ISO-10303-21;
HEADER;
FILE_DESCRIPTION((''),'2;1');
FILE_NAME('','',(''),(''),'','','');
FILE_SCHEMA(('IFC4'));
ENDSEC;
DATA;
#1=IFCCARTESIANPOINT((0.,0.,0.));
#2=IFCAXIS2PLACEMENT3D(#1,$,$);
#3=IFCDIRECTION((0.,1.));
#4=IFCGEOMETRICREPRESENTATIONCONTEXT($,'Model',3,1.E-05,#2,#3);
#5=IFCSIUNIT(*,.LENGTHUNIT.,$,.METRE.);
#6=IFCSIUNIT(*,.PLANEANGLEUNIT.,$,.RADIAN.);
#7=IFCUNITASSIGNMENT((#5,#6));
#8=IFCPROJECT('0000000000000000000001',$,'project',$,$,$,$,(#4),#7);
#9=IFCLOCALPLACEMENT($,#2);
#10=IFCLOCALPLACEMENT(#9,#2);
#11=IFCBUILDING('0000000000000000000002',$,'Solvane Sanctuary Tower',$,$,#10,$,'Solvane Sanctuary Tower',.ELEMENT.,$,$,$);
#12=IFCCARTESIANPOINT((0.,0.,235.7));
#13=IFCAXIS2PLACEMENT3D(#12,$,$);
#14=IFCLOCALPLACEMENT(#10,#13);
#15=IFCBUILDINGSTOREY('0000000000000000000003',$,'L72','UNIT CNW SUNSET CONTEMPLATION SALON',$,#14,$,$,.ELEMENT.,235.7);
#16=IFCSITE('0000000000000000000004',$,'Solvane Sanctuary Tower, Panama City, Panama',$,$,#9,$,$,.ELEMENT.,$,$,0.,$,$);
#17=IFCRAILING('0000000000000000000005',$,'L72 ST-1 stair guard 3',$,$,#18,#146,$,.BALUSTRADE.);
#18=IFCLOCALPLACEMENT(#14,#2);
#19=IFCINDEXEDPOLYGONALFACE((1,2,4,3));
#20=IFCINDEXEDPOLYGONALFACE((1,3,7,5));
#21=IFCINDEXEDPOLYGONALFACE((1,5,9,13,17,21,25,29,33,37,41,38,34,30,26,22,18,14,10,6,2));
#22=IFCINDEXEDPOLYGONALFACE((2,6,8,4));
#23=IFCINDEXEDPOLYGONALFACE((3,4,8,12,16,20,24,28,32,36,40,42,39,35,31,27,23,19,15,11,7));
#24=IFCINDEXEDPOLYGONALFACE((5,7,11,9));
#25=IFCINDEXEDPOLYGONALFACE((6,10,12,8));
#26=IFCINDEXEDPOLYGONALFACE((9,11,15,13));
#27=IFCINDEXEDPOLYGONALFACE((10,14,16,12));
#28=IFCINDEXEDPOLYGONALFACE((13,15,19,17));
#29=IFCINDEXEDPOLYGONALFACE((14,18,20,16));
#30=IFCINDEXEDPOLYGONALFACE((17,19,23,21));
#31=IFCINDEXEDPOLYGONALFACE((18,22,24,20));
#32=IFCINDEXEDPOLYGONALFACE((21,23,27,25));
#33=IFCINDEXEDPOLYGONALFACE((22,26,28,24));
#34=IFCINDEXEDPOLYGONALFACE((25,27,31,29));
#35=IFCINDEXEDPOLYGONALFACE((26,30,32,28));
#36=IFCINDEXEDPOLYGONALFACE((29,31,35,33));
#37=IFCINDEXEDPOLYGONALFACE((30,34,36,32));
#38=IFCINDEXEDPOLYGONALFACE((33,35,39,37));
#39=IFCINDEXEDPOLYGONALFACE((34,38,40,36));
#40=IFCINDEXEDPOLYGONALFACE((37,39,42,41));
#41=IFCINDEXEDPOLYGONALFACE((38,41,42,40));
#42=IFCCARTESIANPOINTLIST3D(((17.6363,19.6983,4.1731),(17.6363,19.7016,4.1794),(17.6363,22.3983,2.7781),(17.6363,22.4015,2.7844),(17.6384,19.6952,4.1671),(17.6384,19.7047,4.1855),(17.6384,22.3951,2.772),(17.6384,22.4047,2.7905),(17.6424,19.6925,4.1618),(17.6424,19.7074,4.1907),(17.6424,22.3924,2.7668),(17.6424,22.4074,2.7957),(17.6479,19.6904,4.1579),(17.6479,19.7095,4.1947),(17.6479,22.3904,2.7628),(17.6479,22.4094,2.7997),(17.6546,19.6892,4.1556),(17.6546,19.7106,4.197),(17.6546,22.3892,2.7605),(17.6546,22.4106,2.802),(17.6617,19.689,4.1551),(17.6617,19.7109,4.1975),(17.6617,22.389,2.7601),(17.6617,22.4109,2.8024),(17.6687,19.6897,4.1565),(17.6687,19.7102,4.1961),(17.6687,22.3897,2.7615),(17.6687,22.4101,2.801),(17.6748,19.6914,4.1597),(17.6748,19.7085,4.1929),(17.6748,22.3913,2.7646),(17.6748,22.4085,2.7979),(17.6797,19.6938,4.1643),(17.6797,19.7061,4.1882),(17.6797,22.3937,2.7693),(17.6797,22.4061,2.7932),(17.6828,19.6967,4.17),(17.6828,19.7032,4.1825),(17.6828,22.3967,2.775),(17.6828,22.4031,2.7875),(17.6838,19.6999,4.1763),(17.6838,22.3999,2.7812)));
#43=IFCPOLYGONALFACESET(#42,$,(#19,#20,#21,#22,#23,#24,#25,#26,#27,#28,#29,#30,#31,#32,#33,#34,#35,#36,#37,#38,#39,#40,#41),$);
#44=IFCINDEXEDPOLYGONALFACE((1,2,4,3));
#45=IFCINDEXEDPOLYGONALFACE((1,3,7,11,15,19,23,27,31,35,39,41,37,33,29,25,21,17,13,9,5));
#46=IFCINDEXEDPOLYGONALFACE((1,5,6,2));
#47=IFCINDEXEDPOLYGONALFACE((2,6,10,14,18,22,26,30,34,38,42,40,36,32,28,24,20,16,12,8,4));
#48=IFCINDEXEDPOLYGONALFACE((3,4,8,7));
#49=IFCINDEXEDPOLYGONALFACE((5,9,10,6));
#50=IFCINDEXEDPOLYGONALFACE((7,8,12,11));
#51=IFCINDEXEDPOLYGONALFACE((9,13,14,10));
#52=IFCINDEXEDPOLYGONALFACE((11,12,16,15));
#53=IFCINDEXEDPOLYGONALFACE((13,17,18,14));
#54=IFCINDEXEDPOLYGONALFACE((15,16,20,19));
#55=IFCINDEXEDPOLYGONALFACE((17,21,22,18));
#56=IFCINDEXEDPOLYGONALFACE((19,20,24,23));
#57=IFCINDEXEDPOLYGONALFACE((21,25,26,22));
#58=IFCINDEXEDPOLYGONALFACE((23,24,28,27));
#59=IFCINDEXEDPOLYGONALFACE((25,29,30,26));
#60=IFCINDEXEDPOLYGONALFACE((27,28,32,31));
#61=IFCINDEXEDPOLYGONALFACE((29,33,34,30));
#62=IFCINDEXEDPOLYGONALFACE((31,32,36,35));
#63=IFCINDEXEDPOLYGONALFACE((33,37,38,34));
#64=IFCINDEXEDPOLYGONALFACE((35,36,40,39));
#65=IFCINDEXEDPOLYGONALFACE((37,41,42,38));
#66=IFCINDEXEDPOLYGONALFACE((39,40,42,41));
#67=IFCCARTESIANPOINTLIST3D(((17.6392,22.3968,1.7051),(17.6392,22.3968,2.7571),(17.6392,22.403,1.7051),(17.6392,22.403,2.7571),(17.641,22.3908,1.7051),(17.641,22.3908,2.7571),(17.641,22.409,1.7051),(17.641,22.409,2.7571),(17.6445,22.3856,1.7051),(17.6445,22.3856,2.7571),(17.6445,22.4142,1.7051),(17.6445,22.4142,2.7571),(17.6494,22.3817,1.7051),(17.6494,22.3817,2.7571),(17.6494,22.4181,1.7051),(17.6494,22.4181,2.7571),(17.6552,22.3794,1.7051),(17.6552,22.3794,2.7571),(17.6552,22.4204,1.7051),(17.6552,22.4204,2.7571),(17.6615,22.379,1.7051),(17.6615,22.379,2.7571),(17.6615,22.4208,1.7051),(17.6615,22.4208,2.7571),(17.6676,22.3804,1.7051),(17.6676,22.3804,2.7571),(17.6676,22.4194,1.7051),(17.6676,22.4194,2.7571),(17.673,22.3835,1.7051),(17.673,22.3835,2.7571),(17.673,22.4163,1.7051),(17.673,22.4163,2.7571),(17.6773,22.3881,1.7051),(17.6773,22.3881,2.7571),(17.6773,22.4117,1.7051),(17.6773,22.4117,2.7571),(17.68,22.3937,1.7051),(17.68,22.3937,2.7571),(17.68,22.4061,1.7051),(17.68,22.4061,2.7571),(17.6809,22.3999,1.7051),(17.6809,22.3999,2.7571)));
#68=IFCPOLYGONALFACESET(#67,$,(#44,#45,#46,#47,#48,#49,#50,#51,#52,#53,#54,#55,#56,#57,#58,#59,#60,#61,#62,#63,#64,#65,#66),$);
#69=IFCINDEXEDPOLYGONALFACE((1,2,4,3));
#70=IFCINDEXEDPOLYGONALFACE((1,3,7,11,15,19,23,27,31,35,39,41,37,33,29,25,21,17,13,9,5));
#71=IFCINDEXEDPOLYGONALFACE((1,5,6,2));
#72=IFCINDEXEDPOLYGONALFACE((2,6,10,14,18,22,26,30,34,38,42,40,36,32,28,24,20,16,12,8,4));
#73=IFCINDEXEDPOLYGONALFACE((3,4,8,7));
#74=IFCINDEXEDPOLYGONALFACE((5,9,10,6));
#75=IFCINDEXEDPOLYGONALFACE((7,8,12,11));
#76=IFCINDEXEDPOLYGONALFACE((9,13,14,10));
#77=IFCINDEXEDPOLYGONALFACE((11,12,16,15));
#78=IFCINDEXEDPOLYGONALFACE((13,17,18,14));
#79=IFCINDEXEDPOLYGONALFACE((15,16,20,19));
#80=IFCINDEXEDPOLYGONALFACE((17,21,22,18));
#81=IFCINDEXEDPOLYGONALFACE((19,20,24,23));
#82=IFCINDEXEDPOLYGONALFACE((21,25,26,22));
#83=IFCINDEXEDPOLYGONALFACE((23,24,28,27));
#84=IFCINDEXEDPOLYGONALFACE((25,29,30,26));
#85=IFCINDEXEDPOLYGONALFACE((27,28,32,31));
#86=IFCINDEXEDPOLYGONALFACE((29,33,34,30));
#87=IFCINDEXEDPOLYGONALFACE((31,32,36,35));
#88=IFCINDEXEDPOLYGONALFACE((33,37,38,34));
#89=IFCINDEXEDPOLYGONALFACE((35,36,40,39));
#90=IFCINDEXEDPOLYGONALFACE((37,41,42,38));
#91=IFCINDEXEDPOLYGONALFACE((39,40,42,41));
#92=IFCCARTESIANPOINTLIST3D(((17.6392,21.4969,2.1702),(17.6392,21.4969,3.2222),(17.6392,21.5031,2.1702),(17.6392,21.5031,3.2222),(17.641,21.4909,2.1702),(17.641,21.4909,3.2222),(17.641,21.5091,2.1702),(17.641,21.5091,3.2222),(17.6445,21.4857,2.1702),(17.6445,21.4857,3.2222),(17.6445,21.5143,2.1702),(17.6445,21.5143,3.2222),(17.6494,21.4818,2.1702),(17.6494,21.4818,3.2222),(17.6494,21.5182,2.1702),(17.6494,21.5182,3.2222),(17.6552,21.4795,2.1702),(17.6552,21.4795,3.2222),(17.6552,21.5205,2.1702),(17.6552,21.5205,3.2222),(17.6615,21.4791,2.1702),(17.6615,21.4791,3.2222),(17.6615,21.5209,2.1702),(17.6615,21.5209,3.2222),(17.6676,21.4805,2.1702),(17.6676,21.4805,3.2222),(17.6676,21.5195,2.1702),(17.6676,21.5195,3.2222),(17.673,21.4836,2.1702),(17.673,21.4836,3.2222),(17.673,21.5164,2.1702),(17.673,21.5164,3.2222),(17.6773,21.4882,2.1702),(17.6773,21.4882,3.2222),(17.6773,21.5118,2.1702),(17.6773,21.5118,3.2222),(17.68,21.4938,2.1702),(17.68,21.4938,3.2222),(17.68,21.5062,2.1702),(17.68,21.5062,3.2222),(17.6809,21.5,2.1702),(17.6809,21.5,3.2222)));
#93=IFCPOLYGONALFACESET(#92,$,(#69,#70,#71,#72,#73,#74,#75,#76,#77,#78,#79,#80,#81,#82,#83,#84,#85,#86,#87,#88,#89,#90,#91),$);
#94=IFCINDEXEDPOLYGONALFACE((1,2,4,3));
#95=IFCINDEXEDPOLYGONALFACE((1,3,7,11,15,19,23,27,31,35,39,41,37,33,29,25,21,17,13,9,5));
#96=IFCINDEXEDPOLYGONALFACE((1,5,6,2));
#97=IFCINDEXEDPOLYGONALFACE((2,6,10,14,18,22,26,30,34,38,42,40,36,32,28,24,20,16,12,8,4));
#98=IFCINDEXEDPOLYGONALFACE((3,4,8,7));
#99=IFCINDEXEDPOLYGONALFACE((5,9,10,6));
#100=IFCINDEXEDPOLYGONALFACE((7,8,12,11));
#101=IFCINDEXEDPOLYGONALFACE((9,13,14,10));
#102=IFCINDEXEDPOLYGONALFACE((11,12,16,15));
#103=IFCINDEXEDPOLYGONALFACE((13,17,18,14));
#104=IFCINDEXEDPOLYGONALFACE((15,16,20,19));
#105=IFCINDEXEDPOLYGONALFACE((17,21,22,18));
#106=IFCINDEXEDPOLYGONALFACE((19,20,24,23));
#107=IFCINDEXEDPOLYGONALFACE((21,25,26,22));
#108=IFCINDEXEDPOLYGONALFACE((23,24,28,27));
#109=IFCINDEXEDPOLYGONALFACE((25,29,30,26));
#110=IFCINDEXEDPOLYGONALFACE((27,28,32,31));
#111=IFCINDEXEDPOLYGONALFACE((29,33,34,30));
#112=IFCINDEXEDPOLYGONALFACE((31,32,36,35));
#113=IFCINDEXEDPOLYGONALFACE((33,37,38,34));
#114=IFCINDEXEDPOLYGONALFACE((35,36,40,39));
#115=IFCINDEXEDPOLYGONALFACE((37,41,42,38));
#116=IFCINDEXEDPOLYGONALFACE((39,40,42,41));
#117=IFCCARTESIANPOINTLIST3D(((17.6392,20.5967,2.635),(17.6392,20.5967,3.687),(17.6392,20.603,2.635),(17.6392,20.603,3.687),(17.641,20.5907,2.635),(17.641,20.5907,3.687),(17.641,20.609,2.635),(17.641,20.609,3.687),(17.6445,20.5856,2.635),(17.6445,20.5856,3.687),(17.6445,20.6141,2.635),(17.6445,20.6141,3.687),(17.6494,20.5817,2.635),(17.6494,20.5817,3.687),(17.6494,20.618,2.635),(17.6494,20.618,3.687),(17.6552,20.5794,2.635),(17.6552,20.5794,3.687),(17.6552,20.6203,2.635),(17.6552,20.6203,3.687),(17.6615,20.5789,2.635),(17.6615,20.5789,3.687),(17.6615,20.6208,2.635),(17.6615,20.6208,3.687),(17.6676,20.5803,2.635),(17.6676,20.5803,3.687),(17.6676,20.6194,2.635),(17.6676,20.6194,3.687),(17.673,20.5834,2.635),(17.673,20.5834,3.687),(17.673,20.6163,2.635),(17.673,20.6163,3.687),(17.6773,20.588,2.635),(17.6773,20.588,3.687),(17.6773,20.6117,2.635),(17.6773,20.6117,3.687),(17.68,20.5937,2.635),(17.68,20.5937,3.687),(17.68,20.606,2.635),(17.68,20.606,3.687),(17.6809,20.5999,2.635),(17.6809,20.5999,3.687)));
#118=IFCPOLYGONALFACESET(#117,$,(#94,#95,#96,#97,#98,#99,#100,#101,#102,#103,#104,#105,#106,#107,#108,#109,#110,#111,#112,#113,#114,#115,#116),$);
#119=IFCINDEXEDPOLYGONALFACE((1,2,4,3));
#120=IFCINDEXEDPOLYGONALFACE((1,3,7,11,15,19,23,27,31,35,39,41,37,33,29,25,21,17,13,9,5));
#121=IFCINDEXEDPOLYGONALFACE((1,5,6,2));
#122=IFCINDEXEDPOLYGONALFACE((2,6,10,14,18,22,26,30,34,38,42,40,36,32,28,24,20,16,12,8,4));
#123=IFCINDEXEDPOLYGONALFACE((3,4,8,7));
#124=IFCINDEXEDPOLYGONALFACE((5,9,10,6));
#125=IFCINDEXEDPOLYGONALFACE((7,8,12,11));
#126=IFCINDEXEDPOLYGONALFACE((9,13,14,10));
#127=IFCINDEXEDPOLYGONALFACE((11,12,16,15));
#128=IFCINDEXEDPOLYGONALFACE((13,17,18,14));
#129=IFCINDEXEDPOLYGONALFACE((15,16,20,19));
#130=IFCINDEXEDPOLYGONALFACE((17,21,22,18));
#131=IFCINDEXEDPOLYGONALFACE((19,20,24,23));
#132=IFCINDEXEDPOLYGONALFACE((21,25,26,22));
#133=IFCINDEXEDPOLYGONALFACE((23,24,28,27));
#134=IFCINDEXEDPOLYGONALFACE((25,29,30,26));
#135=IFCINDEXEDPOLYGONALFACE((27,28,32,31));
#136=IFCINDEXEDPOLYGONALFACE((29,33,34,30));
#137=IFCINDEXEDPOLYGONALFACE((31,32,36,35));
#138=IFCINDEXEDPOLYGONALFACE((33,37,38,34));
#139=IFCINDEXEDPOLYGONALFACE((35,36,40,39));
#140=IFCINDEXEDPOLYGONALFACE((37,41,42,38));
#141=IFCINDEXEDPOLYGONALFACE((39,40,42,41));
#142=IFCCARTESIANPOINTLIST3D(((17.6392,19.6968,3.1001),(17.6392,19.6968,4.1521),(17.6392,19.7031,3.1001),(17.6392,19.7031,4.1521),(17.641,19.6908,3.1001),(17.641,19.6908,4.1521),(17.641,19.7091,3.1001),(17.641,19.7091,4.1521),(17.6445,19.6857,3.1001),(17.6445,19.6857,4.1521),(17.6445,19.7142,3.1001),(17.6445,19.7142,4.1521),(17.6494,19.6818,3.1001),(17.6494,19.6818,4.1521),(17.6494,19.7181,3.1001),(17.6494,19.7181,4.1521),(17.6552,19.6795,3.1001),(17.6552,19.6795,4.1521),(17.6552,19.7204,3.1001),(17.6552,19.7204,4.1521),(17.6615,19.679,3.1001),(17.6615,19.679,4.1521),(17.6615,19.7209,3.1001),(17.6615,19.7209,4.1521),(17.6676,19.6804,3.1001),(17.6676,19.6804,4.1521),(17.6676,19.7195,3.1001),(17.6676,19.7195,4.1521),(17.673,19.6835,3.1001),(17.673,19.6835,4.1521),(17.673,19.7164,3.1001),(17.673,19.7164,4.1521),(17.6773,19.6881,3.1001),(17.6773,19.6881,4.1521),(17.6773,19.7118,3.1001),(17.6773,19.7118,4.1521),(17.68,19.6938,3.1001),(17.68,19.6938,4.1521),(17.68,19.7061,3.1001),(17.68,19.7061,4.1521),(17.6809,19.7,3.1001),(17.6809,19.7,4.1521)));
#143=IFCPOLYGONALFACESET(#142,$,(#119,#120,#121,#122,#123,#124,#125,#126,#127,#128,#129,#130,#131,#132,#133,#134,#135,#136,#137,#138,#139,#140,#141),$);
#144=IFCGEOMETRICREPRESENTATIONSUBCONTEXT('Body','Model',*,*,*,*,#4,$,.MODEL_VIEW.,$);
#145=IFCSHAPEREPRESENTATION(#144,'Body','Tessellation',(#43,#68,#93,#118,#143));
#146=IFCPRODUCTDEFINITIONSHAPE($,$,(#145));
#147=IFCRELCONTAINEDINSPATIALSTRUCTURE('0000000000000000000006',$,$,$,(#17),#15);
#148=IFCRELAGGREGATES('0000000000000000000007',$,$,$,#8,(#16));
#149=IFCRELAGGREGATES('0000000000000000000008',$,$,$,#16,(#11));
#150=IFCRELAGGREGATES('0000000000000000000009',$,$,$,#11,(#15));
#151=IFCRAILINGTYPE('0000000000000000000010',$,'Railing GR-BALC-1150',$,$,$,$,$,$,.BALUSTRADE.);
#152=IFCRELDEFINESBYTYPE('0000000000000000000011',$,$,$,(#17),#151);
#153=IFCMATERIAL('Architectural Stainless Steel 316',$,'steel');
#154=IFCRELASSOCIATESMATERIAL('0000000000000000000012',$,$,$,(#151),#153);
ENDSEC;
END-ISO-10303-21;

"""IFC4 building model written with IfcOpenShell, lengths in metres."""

from ifc_helpers import new_model, si_unit, direction, frame, origin, origin_2d, place, context, subcontext, project, spatial, circle, extrude, material, type_object, element, save


model = new_model("IFC4")

# Units and contexts
model_context = context("Model", 3, precision=1e-05, world=origin(), true_north=direction((0.0, 1.0)))
body_context = subcontext(model_context, "Body", "Model", "MODEL_VIEW")
ifc_project = project(units=[si_unit("LENGTHUNIT", "METRE"), si_unit("PLANEANGLEUNIT", "RADIAN")], contexts=[model_context])

# Site, building, storey
site_placement = place(None, origin())
site = spatial("IfcSite", under=ifc_project, at=site_placement, Name="Solvane Sanctuary Tower, Panama City, Panama", CompositionType="ELEMENT", RefElevation=0.0)
building_placement = place(site_placement, origin())
building = spatial("IfcBuilding", under=site, at=building_placement, Name="Solvane Sanctuary Tower", LongName="Solvane Sanctuary Tower", CompositionType="ELEMENT")
storey_placement = place(building_placement, frame((0.0, 0.0, 235.7)))
storey = spatial("IfcBuildingStorey", under=building, at=storey_placement, Name="L72", Description="UNIT CNW SUNSET CONTEMPLATION SALON", CompositionType="ELEMENT", Elevation=235.7)

# Shared definitions
ifc_material_1 = material(Name="Architectural Stainless Steel 316", Category="steel")

# Railing
railing_type_1 = type_object("IfcRailingType", Name="Railing GR-BALC-1150", PredefinedType="BALUSTRADE", material=ifc_material_1)
railing_1_placement = place(storey_placement, frame((17.6599, 22.3999, 1.7051)))
element("IfcRailing", 1, at=railing_1_placement, inside=storey, type_object=railing_type_1, Name="L72 ST-1 stair guard 3", PredefinedType="BALUSTRADE", context=body_context, shape_type="SweptSolid", body=[
    extrude(circle(Radius=0.0239, at=origin_2d()), frame((0.0, 0.0, 1.0762), z_axis=(0.0, -0.88842, 0.459032), x_axis=(1.0, 0.0, 0.0)), (0.0, 0.0, 1.0), 3.0391),
    extrude(circle(Radius=0.021, at=origin_2d()), origin(), (0.0, 0.0, 1.0), 1.052),
    extrude(circle(Radius=0.021, at=origin_2d()), frame((0.0, -0.8999, 0.4651)), (0.0, 0.0, 1.0), 1.052),
    extrude(circle(Radius=0.021, at=origin_2d()), frame((0.0, -1.8, 0.9299)), (0.0, 0.0, 1.0), 1.052),
    extrude(circle(Radius=0.021, at=origin_2d()), frame((0.0, -2.7, 1.395)), (0.0, 0.0, 1.0), 1.052),
])

save(model, "model.ifc")
